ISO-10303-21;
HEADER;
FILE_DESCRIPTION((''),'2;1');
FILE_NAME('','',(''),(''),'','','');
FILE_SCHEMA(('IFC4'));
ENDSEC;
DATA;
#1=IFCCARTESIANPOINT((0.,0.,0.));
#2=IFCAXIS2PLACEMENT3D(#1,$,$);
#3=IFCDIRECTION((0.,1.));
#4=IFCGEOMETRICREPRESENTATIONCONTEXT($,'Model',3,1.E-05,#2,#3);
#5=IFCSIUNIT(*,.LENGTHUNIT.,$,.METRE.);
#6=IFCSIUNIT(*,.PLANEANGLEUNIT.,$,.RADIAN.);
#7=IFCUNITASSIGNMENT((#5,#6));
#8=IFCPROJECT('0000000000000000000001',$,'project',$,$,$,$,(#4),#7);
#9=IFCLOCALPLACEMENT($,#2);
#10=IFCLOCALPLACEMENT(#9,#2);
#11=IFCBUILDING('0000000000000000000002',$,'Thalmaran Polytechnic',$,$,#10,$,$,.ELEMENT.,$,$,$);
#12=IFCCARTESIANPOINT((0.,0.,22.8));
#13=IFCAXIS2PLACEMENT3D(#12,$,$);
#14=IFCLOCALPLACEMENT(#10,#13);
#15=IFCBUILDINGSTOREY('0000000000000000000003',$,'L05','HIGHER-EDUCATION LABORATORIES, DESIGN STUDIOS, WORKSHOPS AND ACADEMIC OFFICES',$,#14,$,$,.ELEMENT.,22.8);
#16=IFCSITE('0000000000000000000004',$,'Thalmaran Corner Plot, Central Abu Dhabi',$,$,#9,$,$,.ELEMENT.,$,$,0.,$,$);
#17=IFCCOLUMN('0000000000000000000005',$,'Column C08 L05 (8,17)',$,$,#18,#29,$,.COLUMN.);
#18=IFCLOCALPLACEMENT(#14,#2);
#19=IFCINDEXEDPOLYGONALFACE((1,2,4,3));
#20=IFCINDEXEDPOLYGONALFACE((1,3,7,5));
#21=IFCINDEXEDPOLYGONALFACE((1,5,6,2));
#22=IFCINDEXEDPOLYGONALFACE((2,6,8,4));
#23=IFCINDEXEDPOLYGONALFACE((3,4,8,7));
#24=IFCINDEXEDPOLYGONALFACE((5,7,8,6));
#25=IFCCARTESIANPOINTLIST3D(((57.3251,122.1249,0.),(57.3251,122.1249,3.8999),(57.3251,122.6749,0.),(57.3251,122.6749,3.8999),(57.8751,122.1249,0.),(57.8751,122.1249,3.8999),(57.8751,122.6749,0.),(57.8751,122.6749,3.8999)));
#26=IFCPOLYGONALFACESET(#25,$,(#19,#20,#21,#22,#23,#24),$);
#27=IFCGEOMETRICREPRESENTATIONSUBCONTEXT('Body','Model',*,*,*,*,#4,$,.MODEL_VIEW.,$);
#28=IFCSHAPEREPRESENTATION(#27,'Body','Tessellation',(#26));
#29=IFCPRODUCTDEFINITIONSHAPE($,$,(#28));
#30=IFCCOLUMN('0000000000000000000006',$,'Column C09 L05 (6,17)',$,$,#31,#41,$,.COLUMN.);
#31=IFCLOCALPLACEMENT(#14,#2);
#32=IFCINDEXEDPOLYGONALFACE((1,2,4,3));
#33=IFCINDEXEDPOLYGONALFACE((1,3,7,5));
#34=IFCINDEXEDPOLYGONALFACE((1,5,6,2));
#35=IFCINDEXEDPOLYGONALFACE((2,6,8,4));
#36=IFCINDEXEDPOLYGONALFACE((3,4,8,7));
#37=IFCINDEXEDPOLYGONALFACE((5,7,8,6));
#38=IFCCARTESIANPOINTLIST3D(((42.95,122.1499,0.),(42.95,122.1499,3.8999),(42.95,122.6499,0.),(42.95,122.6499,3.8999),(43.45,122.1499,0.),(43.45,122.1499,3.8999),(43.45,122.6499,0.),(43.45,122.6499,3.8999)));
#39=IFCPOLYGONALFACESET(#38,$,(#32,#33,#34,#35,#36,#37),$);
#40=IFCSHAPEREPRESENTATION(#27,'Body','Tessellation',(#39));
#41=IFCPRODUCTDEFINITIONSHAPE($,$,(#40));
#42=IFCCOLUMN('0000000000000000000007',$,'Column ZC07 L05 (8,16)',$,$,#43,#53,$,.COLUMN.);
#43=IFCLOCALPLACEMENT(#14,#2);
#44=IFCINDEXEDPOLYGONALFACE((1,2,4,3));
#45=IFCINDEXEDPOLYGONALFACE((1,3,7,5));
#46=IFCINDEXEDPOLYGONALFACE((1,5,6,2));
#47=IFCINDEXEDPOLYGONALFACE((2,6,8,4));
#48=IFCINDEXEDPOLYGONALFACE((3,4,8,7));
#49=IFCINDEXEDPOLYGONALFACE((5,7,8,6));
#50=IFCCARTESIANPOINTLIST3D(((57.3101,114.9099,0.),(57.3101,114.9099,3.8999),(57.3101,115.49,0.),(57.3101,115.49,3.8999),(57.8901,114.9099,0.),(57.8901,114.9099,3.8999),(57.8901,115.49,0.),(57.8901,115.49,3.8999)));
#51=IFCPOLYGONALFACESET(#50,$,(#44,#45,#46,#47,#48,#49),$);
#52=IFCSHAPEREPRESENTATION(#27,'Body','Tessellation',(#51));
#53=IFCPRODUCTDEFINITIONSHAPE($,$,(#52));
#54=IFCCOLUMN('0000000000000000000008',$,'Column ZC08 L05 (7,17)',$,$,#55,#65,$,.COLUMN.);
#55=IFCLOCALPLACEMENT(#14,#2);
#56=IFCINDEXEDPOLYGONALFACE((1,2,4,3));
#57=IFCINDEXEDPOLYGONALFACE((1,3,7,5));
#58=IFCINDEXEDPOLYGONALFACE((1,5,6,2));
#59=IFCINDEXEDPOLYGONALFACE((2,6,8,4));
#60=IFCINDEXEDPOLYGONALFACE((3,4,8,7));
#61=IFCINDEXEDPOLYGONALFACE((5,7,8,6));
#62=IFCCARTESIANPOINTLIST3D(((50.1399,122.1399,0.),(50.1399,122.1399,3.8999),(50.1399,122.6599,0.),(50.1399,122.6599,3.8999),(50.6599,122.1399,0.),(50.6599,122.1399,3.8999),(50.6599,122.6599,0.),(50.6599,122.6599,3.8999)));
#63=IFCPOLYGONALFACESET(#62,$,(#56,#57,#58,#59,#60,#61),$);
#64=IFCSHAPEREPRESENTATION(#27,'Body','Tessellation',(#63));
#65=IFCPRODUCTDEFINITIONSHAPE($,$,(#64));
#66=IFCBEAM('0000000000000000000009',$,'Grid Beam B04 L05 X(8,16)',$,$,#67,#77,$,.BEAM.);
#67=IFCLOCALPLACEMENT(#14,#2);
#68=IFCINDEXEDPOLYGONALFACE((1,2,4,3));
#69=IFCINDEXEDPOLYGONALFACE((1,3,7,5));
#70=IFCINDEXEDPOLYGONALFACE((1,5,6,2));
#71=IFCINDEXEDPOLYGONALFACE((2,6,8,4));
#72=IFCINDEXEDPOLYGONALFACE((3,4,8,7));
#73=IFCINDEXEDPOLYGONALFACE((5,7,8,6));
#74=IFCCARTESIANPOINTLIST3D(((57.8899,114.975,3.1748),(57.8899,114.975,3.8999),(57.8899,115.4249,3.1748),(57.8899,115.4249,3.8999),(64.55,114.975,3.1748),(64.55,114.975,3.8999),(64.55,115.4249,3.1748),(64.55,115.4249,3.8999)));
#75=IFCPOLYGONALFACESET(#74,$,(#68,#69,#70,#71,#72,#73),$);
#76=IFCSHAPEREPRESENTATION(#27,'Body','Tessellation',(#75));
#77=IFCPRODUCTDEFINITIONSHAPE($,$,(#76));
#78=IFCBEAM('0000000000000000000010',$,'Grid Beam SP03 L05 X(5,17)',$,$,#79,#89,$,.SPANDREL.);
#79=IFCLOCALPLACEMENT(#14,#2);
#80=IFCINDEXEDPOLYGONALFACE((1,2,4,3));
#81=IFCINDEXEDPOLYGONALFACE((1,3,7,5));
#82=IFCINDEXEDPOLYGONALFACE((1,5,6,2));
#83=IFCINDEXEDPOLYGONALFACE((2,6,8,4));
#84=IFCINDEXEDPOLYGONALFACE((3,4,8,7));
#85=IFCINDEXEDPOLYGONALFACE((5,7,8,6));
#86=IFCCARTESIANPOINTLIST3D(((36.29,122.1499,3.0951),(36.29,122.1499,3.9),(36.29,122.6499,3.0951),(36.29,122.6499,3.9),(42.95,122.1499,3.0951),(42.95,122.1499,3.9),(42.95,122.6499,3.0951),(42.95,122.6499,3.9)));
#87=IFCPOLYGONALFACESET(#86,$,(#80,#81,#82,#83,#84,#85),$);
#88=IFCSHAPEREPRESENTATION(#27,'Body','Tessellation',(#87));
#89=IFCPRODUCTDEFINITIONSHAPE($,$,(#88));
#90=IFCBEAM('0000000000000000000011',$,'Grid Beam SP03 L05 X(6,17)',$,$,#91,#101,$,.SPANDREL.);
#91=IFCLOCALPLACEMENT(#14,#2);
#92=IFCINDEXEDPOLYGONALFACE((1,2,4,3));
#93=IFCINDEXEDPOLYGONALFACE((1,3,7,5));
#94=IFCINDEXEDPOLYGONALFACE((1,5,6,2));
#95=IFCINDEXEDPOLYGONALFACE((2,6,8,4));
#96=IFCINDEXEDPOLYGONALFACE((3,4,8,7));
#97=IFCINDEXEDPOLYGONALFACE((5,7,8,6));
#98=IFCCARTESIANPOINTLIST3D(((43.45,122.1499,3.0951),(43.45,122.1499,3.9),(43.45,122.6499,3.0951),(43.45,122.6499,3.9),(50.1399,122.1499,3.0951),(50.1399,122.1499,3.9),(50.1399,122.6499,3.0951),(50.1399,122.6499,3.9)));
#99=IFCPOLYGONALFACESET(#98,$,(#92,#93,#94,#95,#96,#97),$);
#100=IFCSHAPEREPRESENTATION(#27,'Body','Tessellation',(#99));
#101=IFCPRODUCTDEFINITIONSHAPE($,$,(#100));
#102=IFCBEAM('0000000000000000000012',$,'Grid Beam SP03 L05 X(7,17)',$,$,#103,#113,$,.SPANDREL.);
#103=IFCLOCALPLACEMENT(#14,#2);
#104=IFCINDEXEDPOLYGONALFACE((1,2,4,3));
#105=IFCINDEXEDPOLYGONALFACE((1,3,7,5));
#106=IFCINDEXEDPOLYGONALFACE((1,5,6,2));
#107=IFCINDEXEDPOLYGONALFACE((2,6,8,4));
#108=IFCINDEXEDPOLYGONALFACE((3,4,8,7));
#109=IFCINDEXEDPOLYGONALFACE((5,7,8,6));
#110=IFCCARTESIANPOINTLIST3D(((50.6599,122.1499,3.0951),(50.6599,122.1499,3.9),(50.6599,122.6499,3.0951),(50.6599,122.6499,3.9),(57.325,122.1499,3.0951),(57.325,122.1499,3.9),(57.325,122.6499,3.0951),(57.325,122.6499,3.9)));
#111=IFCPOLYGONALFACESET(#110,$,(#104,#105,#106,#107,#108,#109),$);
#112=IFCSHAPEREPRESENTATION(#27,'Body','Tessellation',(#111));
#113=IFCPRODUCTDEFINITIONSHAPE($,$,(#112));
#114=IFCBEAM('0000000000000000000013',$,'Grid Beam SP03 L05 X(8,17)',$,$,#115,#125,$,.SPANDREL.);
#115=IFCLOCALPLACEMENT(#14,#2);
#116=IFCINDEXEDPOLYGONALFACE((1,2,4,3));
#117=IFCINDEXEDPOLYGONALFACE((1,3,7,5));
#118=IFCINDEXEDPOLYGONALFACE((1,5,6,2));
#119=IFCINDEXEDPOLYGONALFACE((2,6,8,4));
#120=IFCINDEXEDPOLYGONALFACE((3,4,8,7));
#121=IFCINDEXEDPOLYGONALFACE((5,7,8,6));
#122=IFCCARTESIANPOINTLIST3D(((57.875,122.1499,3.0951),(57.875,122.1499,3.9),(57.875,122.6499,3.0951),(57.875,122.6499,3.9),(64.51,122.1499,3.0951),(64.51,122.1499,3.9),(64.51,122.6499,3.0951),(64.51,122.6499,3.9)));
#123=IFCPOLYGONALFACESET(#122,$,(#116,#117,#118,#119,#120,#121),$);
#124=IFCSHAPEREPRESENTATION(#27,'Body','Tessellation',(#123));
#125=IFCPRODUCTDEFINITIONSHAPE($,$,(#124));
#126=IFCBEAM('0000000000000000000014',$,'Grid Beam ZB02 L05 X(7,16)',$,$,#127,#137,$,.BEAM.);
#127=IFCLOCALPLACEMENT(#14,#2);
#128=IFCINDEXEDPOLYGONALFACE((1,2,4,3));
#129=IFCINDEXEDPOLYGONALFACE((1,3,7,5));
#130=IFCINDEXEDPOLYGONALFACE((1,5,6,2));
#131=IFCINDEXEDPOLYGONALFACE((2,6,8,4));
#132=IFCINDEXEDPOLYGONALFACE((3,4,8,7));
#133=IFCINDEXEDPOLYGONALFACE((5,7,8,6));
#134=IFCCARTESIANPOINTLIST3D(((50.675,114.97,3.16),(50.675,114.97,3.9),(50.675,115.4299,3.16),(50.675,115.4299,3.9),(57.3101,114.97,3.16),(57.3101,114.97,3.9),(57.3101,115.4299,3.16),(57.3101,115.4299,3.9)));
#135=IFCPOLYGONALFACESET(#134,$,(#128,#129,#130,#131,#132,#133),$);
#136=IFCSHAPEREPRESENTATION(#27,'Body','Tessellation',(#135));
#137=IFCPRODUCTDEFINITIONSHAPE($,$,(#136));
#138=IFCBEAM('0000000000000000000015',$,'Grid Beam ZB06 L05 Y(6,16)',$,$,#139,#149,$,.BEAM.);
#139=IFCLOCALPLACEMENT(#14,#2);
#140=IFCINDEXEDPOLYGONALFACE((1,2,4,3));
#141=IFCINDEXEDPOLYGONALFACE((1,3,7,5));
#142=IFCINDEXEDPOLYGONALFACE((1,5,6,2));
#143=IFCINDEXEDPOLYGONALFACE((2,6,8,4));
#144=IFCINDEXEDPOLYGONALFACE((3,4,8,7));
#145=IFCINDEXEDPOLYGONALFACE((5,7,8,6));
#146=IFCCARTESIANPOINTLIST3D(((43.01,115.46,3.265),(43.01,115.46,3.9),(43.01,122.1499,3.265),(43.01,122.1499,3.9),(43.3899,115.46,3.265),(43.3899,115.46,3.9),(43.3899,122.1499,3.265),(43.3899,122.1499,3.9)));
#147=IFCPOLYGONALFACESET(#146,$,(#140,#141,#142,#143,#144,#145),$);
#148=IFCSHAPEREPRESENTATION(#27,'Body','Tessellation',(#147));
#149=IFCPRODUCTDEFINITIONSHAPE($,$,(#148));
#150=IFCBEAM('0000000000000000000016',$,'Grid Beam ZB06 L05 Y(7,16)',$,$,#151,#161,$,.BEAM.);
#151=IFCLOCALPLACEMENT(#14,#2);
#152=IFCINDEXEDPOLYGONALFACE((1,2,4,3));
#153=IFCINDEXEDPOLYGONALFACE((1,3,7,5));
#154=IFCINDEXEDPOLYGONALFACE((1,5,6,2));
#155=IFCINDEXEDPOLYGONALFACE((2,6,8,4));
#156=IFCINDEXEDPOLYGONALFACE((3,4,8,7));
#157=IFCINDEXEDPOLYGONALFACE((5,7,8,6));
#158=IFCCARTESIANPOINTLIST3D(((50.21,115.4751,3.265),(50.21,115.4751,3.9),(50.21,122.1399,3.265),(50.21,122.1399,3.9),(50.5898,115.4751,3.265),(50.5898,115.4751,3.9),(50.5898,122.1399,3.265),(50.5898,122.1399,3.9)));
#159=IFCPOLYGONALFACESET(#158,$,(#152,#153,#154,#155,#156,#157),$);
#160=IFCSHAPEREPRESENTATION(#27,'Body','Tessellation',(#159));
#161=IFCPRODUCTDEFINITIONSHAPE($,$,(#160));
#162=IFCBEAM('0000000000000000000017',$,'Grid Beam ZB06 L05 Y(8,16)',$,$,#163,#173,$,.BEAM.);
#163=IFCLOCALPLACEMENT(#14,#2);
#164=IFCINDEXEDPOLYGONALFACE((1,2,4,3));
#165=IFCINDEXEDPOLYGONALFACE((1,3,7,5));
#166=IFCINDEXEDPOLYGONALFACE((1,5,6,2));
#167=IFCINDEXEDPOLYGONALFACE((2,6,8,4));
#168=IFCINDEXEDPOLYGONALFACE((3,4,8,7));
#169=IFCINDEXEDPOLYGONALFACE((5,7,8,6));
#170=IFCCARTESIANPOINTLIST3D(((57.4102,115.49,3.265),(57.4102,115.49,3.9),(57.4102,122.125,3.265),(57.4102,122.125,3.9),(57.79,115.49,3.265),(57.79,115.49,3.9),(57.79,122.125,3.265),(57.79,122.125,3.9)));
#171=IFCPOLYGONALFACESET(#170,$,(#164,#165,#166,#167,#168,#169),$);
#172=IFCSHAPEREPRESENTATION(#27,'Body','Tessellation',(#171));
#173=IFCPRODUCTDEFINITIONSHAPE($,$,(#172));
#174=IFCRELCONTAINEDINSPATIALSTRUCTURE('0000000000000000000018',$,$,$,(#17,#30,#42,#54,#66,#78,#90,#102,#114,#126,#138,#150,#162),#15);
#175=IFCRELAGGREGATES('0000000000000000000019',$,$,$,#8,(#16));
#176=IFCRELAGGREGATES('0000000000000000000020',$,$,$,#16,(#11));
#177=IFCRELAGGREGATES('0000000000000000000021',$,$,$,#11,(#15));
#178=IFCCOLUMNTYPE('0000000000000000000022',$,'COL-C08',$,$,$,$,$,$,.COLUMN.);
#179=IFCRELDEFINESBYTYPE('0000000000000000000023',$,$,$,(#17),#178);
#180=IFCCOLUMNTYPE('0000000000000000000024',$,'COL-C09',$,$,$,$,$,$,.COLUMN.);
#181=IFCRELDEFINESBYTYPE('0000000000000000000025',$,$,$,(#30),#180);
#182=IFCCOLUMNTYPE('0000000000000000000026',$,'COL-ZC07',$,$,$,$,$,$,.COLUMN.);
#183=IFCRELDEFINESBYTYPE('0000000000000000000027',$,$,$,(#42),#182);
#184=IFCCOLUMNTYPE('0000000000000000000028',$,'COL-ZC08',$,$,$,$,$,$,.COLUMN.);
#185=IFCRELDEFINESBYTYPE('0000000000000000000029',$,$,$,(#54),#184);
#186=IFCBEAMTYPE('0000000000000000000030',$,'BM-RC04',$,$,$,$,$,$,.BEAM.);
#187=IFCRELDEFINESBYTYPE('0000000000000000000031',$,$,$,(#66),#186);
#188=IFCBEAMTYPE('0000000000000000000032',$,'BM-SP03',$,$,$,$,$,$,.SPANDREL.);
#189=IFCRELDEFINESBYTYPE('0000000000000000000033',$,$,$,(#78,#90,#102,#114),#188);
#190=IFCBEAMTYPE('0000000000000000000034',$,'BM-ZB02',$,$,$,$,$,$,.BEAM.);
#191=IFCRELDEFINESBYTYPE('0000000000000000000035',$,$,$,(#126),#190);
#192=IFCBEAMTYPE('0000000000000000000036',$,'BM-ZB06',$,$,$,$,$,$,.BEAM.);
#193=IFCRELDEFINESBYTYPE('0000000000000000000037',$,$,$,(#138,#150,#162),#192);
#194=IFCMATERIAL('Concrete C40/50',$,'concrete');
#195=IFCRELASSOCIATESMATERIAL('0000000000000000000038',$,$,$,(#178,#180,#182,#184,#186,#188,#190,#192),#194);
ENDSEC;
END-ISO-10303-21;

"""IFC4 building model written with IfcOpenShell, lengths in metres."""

from ifc_helpers import new_model, si_unit, direction, frame, origin, origin_2d, place, context, subcontext, project, spatial, rectangle, extrude, material, material_profile, profile_set, type_object, element, save


model = new_model("IFC4")

# Units and contexts
model_context = context("Model", 3, precision=1e-05, world=origin(), true_north=direction((0.0, 1.0)))
body_context = subcontext(model_context, "Body", "Model", "MODEL_VIEW")
ifc_project = project(units=[si_unit("LENGTHUNIT", "METRE"), si_unit("PLANEANGLEUNIT", "RADIAN")], contexts=[model_context])

# Site, building, storey
site_placement = place(None, origin())
site = spatial("IfcSite", under=ifc_project, at=site_placement, Name="Thalmaran Corner Plot, Central Abu Dhabi", CompositionType="ELEMENT", RefElevation=0.0)
building_placement = place(site_placement, origin())
building = spatial("IfcBuilding", under=site, at=building_placement, Name="Thalmaran Polytechnic", CompositionType="ELEMENT")
storey_placement = place(building_placement, frame((0.0, 0.0, 22.8)))
storey = spatial("IfcBuildingStorey", under=building, at=storey_placement, Name="L05", Description="HIGHER-EDUCATION LABORATORIES, DESIGN STUDIOS, WORKSHOPS AND ACADEMIC OFFICES", CompositionType="ELEMENT", Elevation=22.8)

# Columns
ifc_material_1 = material(Name="Concrete C40/50", Category="concrete")
ifc_material_profile_1 = material_profile(ifc_material_1, rectangle(XDim=0.55, YDim=0.55, at=origin_2d()), Name="RC 550x550")
ifc_profile_set_1 = profile_set([ifc_material_profile_1], Name="Concrete C40/50")
column_type_1 = type_object("IfcColumnType", Name="COL-C08", PredefinedType="COLUMN", material=ifc_profile_set_1)
column_1_placement = place(storey_placement, frame((57.6001, 122.3999, 0.0), z_axis=(0.0, 0.0, 1.0), x_axis=(1.0, 0.0, 0.0)))
element("IfcColumn", 1, at=column_1_placement, inside=storey, type_object=column_type_1, Name="Column C08 L05 (8,17)", PredefinedType="COLUMN", context=body_context, shape_type="SweptSolid", body=[
    extrude(rectangle(XDim=0.55, YDim=0.55, at=origin_2d()), origin(), (0.0, 0.0, 1.0), 3.8999),
])
ifc_material_profile_2 = material_profile(ifc_material_1, rectangle(XDim=0.5, YDim=0.5, at=origin_2d()), Name="RC 500x500")
ifc_profile_set_2 = profile_set([ifc_material_profile_2], Name="Concrete C40/50")
column_type_2 = type_object("IfcColumnType", Name="COL-C09", PredefinedType="COLUMN", material=ifc_profile_set_2)
column_2_placement = place(storey_placement, frame((43.2, 122.3999, 0.0), z_axis=(0.0, 0.0, 1.0), x_axis=(1.0, 0.0, 0.0)))
element("IfcColumn", 2, at=column_2_placement, inside=storey, type_object=column_type_2, Name="Column C09 L05 (6,17)", PredefinedType="COLUMN", context=body_context, shape_type="SweptSolid", body=[
    extrude(rectangle(XDim=0.5, YDim=0.5, at=origin_2d()), origin(), (0.0, 0.0, 1.0), 3.8999),
])
ifc_material_profile_3 = material_profile(ifc_material_1, rectangle(XDim=0.5801, YDim=0.5801, at=origin_2d()), Name="RC 580x580")
ifc_profile_set_3 = profile_set([ifc_material_profile_3], Name="Concrete C40/50")
column_type_3 = type_object("IfcColumnType", Name="COL-ZC07", PredefinedType="COLUMN", material=ifc_profile_set_3)
column_3_placement = place(storey_placement, frame((57.6001, 115.2, 0.0), z_axis=(0.0, 0.0, 1.0), x_axis=(1.0, 0.0, 0.0)))
element("IfcColumn", 3, at=column_3_placement, inside=storey, type_object=column_type_3, Name="Column ZC07 L05 (8,16)", PredefinedType="COLUMN", context=body_context, shape_type="SweptSolid", body=[
    extrude(rectangle(XDim=0.5801, YDim=0.5801, at=origin_2d()), origin(), (0.0, 0.0, 1.0), 3.8999),
])
ifc_material_profile_4 = material_profile(ifc_material_1, rectangle(XDim=0.52, YDim=0.52, at=origin_2d()), Name="RC 520x520")
ifc_profile_set_4 = profile_set([ifc_material_profile_4], Name="Concrete C40/50")
column_type_4 = type_object("IfcColumnType", Name="COL-ZC08", PredefinedType="COLUMN", material=ifc_profile_set_4)
column_4_placement = place(storey_placement, frame((50.3999, 122.3999, 0.0), z_axis=(0.0, 0.0, 1.0), x_axis=(1.0, 0.0, 0.0)))
element("IfcColumn", 4, at=column_4_placement, inside=storey, type_object=column_type_4, Name="Column ZC08 L05 (7,17)", PredefinedType="COLUMN", context=body_context, shape_type="SweptSolid", body=[
    extrude(rectangle(XDim=0.52, YDim=0.52, at=origin_2d()), origin(), (0.0, 0.0, 1.0), 3.8999),
])

# Beams
ifc_material_profile_5 = material_profile(ifc_material_1, rectangle(XDim=0.45, YDim=0.7251, at=origin_2d()), Name="RC 450x725")
ifc_profile_set_5 = profile_set([ifc_material_profile_5], Name="Concrete C40/50")
beam_type_1 = type_object("IfcBeamType", Name="BM-RC04", PredefinedType="BEAM", material=ifc_profile_set_5)
beam_1_placement = place(storey_placement, frame((57.8899, 115.2, 3.5374), z_axis=(1.0, 0.0, 0.0), x_axis=(0.0, 1.0, 0.0)))
element("IfcBeam", 5, at=beam_1_placement, inside=storey, type_object=beam_type_1, Name="Grid Beam B04 L05 X(8,16)", PredefinedType="BEAM", context=body_context, shape_type="SweptSolid", body=[
    extrude(rectangle(XDim=0.45, YDim=0.7251, at=origin_2d()), origin(), (0.0, 0.0, 1.0), 6.6602),
])
ifc_material_profile_6 = material_profile(ifc_material_1, rectangle(XDim=0.5, YDim=0.8049, at=origin_2d()), Name="RC 500x805")
ifc_profile_set_6 = profile_set([ifc_material_profile_6], Name="Concrete C40/50")
beam_type_2 = type_object("IfcBeamType", Name="BM-SP03", PredefinedType="SPANDREL", material=ifc_profile_set_6)
beam_2_placement = place(storey_placement, frame((36.29, 122.3999, 3.4976), z_axis=(1.0, 0.0, 0.0), x_axis=(0.0, 1.0, 0.0)))
element("IfcBeam", 6, at=beam_2_placement, inside=storey, type_object=beam_type_2, Name="Grid Beam SP03 L05 X(5,17)", PredefinedType="SPANDREL", context=body_context, shape_type="SweptSolid", body=[
    extrude(rectangle(XDim=0.5, YDim=0.8049, at=origin_2d()), origin(), (0.0, 0.0, 1.0), 6.6599),
])
beam_3_placement = place(storey_placement, frame((43.45, 122.3999, 3.4976), z_axis=(1.0, 0.0, 0.0), x_axis=(0.0, 1.0, 0.0)))
element("IfcBeam", 7, at=beam_3_placement, inside=storey, type_object=beam_type_2, Name="Grid Beam SP03 L05 X(6,17)", PredefinedType="SPANDREL", context=body_context, shape_type="SweptSolid", body=[
    extrude(rectangle(XDim=0.5, YDim=0.8049, at=origin_2d()), origin(), (0.0, 0.0, 1.0), 6.6899),
])
beam_4_placement = place(storey_placement, frame((50.6599, 122.3999, 3.4976), z_axis=(1.0, 0.0, 0.0), x_axis=(0.0, 1.0, 0.0)))
element("IfcBeam", 8, at=beam_4_placement, inside=storey, type_object=beam_type_2, Name="Grid Beam SP03 L05 X(7,17)", PredefinedType="SPANDREL", context=body_context, shape_type="SweptSolid", body=[
    extrude(rectangle(XDim=0.5, YDim=0.8049, at=origin_2d()), origin(), (0.0, 0.0, 1.0), 6.665),
])
beam_5_placement = place(storey_placement, frame((57.875, 122.3999, 3.4976), z_axis=(1.0, 0.0, 0.0), x_axis=(0.0, 1.0, 0.0)))
element("IfcBeam", 9, at=beam_5_placement, inside=storey, type_object=beam_type_2, Name="Grid Beam SP03 L05 X(8,17)", PredefinedType="SPANDREL", context=body_context, shape_type="SweptSolid", body=[
    extrude(rectangle(XDim=0.5, YDim=0.8049, at=origin_2d()), origin(), (0.0, 0.0, 1.0), 6.635),
])
ifc_material_profile_7 = material_profile(ifc_material_1, rectangle(XDim=0.46, YDim=0.74, at=origin_2d()), Name="RC 460x740")
ifc_profile_set_7 = profile_set([ifc_material_profile_7], Name="Concrete C40/50")
beam_type_3 = type_object("IfcBeamType", Name="BM-ZB02", PredefinedType="BEAM", material=ifc_profile_set_7)
beam_6_placement = place(storey_placement, frame((50.675, 115.2, 3.53), z_axis=(1.0, 0.0, 0.0), x_axis=(0.0, 1.0, 0.0)))
element("IfcBeam", 10, at=beam_6_placement, inside=storey, type_object=beam_type_3, Name="Grid Beam ZB02 L05 X(7,16)", PredefinedType="BEAM", context=body_context, shape_type="SweptSolid", body=[
    extrude(rectangle(XDim=0.46, YDim=0.74, at=origin_2d()), origin(), (0.0, 0.0, 1.0), 6.635),
])
ifc_material_profile_8 = material_profile(ifc_material_1, rectangle(XDim=0.3799, YDim=0.635, at=origin_2d()), Name="RC 380x635")
ifc_profile_set_8 = profile_set([ifc_material_profile_8], Name="Concrete C40/50")
beam_type_4 = type_object("IfcBeamType", Name="BM-ZB06", PredefinedType="BEAM", material=ifc_profile_set_8)
beam_7_placement = place(storey_placement, frame((43.2, 115.46, 3.5825), z_axis=(0.0, 1.0, 0.0), x_axis=(-1.0, 0.0, 0.0)))
element("IfcBeam", 11, at=beam_7_placement, inside=storey, type_object=beam_type_4, Name="Grid Beam ZB06 L05 Y(6,16)", PredefinedType="BEAM", context=body_context, shape_type="SweptSolid", body=[
    extrude(rectangle(XDim=0.3799, YDim=0.635, at=origin_2d()), origin(), (0.0, 0.0, 1.0), 6.6899),
])
beam_8_placement = place(storey_placement, frame((50.3999, 115.4751, 3.5825), z_axis=(0.0, 1.0, 0.0), x_axis=(-1.0, 0.0, 0.0)))
element("IfcBeam", 12, at=beam_8_placement, inside=storey, type_object=beam_type_4, Name="Grid Beam ZB06 L05 Y(7,16)", PredefinedType="BEAM", context=body_context, shape_type="SweptSolid", body=[
    extrude(rectangle(XDim=0.3799, YDim=0.635, at=origin_2d()), origin(), (0.0, 0.0, 1.0), 6.6648),
])
beam_9_placement = place(storey_placement, frame((57.6001, 115.49, 3.5825), z_axis=(0.0, 1.0, 0.0), x_axis=(-1.0, 0.0, 0.0)))
element("IfcBeam", 13, at=beam_9_placement, inside=storey, type_object=beam_type_4, Name="Grid Beam ZB06 L05 Y(8,16)", PredefinedType="BEAM", context=body_context, shape_type="SweptSolid", body=[
    extrude(rectangle(XDim=0.3799, YDim=0.635, at=origin_2d()), origin(), (0.0, 0.0, 1.0), 6.635),
])

save(model, "model.ifc")
